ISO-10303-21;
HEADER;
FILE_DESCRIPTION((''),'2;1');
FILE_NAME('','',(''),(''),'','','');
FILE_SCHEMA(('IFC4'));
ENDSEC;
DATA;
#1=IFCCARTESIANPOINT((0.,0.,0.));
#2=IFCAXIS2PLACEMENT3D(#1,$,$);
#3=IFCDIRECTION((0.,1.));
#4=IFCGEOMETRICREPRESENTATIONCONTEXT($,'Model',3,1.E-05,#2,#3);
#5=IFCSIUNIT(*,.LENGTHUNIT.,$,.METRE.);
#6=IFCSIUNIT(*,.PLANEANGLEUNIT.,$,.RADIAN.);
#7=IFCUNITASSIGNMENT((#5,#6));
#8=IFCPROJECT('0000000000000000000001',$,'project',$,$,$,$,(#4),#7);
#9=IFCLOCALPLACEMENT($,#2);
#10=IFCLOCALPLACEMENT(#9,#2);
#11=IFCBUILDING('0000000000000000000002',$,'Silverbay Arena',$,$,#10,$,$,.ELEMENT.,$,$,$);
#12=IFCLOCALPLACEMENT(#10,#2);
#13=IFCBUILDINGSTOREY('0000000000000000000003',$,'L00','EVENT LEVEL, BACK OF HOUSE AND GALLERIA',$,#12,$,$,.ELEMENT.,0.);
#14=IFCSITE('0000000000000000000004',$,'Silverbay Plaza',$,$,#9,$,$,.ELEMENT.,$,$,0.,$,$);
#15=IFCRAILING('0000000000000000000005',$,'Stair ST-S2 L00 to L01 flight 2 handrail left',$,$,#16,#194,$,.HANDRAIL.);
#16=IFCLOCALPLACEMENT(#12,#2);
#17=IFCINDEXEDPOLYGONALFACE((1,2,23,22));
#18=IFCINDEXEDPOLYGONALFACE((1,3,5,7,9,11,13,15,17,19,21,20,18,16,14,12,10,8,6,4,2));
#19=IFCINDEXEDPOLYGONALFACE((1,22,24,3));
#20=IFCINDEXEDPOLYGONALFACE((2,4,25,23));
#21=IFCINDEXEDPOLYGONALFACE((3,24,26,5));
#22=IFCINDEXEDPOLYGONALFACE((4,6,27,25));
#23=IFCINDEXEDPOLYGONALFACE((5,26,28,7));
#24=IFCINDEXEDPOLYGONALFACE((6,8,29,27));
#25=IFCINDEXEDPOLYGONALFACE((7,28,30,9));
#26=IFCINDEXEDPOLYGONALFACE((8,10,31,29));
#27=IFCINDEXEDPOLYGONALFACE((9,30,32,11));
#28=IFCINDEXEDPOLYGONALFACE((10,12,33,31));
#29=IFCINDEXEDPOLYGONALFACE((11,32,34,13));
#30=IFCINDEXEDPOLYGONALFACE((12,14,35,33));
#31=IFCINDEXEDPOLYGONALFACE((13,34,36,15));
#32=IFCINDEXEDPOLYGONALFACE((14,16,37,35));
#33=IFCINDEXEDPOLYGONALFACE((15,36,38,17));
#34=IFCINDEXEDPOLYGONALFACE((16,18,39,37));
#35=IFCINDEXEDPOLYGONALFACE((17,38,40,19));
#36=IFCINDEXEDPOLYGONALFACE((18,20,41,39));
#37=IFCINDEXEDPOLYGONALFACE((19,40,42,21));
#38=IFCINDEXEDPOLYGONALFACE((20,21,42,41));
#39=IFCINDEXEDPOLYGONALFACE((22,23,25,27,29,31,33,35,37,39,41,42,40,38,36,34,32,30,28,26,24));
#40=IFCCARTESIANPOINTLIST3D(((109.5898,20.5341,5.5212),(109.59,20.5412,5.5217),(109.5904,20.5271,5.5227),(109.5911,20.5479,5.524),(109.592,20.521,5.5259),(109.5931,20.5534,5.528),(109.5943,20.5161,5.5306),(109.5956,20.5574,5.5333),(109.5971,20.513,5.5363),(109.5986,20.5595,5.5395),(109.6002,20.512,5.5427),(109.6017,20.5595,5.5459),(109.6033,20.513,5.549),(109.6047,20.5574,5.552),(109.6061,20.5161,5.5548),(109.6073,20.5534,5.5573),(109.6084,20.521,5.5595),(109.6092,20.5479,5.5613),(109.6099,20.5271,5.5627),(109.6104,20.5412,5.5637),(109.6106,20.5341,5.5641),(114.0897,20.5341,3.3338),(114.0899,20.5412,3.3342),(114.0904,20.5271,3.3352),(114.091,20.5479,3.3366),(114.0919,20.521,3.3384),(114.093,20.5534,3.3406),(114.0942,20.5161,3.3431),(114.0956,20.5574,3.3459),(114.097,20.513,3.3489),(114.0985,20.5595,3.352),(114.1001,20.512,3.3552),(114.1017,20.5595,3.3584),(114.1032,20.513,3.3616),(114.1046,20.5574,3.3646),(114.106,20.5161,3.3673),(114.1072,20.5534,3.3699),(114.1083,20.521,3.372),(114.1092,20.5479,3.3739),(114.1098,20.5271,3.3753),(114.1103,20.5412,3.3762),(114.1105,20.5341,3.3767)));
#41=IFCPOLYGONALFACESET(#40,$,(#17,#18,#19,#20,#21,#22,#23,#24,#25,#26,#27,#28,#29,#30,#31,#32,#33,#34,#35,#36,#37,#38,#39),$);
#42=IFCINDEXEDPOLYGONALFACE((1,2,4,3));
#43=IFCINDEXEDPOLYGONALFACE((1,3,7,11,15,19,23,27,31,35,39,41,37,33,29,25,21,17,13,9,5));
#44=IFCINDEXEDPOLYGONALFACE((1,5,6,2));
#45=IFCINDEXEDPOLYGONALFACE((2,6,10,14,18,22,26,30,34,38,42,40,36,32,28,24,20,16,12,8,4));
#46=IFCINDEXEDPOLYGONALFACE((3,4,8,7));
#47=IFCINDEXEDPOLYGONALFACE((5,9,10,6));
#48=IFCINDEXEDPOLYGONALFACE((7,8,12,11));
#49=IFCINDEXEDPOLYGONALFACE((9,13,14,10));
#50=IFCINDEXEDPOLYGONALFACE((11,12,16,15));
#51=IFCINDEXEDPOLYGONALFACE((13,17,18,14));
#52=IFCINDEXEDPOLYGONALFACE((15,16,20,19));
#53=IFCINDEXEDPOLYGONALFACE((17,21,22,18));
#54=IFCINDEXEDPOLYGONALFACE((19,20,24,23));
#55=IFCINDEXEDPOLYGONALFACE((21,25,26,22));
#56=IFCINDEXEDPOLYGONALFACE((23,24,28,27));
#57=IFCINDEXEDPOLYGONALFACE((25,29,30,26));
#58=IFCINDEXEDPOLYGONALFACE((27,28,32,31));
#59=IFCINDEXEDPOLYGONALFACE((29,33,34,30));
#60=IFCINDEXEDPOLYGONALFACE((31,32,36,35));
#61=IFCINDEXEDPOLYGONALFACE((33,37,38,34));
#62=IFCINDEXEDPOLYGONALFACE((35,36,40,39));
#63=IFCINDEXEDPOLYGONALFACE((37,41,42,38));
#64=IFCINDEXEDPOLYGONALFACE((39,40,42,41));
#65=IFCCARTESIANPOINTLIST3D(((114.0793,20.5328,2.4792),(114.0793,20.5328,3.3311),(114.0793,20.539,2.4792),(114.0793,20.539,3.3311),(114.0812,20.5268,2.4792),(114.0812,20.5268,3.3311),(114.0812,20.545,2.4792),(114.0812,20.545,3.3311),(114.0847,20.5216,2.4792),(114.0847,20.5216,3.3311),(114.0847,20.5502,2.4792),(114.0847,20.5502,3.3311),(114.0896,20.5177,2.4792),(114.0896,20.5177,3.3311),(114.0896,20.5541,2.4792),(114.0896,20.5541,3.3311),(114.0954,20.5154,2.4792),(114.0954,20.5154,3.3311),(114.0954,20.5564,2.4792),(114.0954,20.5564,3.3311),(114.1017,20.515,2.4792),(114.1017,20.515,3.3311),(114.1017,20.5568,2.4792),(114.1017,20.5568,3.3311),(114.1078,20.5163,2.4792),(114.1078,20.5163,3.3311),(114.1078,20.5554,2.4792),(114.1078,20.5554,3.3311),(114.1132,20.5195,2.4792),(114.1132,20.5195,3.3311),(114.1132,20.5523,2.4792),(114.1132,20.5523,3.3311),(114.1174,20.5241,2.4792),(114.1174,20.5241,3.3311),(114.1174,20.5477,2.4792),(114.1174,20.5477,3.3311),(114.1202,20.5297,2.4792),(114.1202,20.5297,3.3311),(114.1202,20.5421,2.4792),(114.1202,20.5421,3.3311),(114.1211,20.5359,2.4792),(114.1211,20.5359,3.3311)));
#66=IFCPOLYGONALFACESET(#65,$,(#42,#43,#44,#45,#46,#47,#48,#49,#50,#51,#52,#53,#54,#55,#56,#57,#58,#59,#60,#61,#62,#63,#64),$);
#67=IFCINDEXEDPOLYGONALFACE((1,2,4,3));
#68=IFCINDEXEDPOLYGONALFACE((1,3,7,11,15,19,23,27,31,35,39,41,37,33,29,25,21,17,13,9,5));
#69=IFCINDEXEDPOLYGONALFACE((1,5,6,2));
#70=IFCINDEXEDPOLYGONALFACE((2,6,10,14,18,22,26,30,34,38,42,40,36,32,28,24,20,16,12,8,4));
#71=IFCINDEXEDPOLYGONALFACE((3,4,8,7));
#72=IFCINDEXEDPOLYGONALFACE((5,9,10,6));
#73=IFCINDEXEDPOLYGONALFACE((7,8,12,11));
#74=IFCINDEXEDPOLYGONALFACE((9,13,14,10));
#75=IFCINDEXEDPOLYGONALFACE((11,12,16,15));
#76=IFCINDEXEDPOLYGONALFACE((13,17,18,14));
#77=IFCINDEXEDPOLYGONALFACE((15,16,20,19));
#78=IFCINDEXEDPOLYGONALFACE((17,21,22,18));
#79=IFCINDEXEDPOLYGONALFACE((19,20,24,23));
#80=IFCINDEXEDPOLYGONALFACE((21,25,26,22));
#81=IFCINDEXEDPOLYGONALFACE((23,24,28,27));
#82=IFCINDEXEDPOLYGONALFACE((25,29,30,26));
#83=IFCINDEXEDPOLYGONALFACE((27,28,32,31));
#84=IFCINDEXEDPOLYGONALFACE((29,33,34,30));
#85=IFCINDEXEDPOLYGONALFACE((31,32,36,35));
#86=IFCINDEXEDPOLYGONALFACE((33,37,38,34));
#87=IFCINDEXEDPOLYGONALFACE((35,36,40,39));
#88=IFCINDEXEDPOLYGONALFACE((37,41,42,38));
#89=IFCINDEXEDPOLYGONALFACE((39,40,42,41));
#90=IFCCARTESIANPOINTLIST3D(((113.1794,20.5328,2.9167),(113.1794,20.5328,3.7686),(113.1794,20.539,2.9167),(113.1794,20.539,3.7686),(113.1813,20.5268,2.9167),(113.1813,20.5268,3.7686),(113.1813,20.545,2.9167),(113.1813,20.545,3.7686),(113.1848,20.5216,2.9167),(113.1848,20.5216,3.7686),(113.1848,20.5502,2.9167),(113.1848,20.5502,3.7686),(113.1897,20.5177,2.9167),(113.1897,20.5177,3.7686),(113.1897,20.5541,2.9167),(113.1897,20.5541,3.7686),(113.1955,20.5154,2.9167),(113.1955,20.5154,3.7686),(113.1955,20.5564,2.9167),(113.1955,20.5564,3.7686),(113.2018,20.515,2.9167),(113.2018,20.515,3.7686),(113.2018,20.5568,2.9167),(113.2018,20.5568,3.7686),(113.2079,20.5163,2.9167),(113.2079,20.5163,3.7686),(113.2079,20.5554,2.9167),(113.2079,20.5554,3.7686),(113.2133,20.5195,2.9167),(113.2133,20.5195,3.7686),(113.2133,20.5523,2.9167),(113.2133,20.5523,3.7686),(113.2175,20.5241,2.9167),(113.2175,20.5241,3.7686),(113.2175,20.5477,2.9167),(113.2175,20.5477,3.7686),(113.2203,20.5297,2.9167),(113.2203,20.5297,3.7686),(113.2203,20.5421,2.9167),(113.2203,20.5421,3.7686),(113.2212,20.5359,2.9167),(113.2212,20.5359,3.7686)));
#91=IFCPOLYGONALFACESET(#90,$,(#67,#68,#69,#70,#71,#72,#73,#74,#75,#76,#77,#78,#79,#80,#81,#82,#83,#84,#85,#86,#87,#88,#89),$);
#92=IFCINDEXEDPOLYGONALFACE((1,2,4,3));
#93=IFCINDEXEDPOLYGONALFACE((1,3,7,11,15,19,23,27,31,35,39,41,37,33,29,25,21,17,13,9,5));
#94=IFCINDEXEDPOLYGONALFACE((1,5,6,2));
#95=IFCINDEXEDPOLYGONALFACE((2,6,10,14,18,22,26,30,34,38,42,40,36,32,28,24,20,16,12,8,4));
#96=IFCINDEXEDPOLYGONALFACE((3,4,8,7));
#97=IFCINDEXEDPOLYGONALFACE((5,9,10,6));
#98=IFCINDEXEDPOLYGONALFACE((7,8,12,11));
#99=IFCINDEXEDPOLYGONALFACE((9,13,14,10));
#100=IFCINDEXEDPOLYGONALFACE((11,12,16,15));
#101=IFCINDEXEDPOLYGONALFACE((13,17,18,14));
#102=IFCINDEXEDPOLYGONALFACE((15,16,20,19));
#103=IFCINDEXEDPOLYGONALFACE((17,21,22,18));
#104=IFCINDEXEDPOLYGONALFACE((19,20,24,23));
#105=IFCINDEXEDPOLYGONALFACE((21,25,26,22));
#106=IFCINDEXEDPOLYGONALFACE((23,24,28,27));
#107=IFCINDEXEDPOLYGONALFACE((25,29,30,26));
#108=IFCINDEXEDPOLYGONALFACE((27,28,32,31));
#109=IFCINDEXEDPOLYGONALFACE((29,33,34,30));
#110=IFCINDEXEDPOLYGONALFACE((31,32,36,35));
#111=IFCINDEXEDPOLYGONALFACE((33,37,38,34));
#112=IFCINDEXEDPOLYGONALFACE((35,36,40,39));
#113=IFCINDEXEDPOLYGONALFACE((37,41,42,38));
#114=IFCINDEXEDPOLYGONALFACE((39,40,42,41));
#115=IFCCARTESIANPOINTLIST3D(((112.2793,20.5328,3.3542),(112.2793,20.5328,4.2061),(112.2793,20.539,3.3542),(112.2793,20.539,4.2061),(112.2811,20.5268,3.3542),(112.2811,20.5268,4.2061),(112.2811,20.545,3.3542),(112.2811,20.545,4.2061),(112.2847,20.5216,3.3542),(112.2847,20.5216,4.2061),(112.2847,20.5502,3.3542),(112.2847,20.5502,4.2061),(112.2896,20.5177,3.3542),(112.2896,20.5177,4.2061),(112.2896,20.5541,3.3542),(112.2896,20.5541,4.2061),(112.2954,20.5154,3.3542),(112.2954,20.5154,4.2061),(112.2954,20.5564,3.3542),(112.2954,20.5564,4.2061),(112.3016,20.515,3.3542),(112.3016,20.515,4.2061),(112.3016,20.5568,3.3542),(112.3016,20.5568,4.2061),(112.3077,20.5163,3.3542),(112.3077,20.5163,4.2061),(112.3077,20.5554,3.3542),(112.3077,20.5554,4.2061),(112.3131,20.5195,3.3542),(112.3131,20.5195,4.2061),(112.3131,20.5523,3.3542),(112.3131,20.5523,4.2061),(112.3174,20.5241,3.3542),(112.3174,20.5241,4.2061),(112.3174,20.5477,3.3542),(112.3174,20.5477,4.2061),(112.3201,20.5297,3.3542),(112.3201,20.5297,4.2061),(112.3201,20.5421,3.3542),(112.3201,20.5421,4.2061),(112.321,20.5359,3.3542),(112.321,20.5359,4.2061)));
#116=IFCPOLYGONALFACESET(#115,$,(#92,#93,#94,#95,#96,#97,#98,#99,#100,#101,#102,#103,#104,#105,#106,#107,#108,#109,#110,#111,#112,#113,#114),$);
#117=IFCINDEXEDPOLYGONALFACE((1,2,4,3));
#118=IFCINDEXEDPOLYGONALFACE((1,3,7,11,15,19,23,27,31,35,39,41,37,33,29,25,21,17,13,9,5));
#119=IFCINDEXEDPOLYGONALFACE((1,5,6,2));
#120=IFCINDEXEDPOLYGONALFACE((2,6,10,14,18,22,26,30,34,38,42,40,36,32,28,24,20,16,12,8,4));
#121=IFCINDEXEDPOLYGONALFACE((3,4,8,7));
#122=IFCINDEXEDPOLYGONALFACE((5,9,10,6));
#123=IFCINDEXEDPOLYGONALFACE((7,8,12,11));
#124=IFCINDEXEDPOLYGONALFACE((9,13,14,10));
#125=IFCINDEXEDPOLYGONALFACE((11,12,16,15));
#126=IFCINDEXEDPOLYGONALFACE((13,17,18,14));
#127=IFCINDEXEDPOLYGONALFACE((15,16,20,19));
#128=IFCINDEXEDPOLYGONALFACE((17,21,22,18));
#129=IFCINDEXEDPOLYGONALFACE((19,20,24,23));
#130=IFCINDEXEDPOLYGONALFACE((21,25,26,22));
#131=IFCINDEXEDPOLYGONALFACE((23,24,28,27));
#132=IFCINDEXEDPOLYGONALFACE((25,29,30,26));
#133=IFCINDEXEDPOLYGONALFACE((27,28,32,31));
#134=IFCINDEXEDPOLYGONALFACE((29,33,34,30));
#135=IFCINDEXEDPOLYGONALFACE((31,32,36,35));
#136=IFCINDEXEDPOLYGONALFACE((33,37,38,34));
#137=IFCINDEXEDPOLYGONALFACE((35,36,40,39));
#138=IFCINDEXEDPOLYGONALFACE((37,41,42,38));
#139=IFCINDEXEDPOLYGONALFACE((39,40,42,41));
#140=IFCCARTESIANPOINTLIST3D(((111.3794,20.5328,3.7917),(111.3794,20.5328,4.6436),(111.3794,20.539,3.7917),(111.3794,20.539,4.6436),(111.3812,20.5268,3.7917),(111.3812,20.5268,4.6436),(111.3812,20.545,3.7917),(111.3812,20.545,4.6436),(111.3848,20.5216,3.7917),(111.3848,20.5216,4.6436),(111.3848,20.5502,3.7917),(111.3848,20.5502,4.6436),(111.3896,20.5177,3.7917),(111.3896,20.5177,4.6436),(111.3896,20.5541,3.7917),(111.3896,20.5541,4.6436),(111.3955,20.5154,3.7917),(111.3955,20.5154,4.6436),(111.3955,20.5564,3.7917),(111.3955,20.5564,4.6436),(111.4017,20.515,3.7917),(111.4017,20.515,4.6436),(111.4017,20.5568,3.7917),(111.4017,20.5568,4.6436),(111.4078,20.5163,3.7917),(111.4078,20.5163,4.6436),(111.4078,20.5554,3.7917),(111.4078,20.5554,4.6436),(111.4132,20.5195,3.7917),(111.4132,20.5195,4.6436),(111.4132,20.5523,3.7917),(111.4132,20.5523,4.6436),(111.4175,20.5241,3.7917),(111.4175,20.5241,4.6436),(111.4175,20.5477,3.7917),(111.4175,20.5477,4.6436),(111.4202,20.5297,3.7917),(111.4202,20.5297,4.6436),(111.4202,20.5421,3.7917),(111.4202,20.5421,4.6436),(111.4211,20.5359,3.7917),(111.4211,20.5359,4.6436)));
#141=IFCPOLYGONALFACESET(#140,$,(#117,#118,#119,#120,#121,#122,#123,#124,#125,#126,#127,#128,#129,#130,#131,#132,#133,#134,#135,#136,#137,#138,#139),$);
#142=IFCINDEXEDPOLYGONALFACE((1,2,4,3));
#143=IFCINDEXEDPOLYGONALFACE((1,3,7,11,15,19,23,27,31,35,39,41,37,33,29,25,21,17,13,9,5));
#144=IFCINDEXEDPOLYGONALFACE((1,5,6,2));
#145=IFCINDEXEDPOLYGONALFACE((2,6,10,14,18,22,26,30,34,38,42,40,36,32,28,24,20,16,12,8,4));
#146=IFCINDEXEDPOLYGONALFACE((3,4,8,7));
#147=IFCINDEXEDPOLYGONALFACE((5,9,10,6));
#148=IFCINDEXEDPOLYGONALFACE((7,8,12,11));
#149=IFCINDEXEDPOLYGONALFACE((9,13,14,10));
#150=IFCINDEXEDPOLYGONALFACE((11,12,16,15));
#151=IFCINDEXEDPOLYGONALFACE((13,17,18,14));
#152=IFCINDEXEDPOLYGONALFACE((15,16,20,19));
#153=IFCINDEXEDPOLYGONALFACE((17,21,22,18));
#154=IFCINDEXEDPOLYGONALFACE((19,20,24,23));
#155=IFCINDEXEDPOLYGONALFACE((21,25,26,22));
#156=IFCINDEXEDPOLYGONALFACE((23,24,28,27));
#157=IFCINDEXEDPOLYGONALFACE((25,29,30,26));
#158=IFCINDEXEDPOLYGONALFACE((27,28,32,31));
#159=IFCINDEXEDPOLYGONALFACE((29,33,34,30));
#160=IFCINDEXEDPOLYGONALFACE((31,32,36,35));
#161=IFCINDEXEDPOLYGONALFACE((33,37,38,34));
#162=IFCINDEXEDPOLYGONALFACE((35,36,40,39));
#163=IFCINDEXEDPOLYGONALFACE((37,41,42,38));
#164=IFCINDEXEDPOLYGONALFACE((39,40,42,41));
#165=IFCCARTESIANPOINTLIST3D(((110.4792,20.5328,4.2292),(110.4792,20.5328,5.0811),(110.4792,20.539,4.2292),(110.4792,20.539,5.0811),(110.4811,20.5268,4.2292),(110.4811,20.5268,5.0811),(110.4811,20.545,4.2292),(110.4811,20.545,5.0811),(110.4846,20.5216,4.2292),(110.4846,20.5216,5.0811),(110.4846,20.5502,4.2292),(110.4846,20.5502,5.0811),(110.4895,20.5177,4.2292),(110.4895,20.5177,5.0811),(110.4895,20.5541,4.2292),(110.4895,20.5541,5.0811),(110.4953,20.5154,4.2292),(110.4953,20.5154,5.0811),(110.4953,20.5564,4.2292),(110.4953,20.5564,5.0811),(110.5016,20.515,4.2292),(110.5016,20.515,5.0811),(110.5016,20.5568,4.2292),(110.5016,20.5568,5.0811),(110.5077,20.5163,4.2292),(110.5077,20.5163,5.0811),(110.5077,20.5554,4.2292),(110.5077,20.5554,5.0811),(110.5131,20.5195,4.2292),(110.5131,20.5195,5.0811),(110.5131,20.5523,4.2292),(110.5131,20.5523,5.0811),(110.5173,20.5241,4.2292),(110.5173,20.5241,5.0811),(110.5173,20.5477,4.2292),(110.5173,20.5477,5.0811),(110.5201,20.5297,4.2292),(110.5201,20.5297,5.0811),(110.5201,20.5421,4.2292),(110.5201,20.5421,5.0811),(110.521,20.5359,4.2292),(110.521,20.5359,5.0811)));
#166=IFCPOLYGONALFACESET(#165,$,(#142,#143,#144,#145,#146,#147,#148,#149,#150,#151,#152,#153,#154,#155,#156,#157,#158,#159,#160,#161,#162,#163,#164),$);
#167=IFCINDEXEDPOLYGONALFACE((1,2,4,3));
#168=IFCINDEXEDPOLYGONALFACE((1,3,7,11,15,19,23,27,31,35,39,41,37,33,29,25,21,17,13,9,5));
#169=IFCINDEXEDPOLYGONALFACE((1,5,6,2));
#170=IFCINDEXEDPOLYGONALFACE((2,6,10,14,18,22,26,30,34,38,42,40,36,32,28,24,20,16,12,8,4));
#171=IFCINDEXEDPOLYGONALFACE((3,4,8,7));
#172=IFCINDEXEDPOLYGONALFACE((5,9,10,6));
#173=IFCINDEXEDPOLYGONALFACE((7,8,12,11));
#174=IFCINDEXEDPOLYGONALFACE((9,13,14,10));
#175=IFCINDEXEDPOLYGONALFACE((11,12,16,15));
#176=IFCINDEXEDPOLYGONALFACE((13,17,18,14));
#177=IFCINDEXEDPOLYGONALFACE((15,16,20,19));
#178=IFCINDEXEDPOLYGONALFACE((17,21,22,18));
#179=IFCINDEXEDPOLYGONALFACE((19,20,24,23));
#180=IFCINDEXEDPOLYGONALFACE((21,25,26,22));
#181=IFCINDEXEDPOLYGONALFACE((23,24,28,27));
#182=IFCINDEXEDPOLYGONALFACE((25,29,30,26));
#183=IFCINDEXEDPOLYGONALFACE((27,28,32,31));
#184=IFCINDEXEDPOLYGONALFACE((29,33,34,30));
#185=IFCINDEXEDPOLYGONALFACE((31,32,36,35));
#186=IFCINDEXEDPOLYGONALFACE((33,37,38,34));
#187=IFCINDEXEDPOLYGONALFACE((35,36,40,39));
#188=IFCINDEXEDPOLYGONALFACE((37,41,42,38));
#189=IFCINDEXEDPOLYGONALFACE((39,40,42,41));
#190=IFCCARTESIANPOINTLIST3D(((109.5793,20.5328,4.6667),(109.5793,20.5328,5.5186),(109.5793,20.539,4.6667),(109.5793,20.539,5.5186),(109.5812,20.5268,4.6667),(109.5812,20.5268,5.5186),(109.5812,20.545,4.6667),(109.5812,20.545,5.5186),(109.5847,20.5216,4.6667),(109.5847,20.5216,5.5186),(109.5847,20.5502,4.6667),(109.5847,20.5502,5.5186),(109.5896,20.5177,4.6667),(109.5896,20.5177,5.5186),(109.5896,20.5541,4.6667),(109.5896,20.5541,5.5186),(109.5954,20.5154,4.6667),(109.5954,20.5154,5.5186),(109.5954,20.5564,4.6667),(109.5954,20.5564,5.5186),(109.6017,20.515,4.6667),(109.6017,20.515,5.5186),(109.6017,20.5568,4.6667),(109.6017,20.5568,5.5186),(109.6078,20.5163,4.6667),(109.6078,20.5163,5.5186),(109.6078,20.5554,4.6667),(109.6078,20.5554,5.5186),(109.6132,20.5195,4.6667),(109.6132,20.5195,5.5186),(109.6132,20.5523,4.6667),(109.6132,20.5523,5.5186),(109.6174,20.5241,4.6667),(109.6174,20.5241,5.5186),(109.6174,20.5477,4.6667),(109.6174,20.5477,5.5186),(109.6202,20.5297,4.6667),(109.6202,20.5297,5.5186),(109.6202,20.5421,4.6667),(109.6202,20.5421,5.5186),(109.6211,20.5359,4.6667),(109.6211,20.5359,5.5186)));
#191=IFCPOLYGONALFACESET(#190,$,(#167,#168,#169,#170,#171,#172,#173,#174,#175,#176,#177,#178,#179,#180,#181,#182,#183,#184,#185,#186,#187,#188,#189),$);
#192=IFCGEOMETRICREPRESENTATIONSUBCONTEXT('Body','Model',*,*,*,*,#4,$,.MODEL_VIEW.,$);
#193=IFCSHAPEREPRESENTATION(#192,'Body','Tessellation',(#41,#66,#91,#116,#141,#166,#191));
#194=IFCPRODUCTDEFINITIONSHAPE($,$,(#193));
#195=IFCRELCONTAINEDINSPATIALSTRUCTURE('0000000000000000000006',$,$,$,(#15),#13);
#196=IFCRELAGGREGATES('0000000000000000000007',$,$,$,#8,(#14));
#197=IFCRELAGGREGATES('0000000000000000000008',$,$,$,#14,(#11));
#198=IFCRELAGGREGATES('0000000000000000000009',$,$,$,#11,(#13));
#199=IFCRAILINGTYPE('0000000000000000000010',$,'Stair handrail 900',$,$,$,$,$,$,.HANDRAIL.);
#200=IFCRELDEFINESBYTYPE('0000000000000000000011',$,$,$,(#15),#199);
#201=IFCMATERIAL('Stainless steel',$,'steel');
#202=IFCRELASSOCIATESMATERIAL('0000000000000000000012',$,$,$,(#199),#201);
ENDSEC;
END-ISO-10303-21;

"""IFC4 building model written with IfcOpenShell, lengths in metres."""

from ifc_helpers import new_model, si_unit, direction, frame, origin, origin_2d, place, context, subcontext, project, spatial, circle, extrude, material, type_object, element, save


model = new_model("IFC4")

# Units and contexts
model_context = context("Model", 3, precision=1e-05, world=origin(), true_north=direction((0.0, 1.0)))
body_context = subcontext(model_context, "Body", "Model", "MODEL_VIEW")
ifc_project = project(units=[si_unit("LENGTHUNIT", "METRE"), si_unit("PLANEANGLEUNIT", "RADIAN")], contexts=[model_context])

# Site, building, storey
site_placement = place(None, origin())
site = spatial("IfcSite", under=ifc_project, at=site_placement, Name="Silverbay Plaza", CompositionType="ELEMENT", RefElevation=0.0)
building_placement = place(site_placement, origin())
building = spatial("IfcBuilding", under=site, at=building_placement, Name="Silverbay Arena", CompositionType="ELEMENT")
storey_placement = place(building_placement, origin())
storey = spatial("IfcBuildingStorey", under=building, at=storey_placement, Name="L00", Description="EVENT LEVEL, BACK OF HOUSE AND GALLERIA", CompositionType="ELEMENT", Elevation=0.0)

# Railing
ifc_material_1 = material(Name="Stainless steel", Category="steel")
railing_type_1 = type_object("IfcRailingType", Name="Stair handrail 900", PredefinedType="HANDRAIL", material=ifc_material_1)
for number, where, name in (
    (1, (114.1001, 20.5359, 2.4792), "Stair ST-S2 L00 to L01 flight 2 handrail left"),
):
    element("IfcRailing", number, at=place(storey_placement, frame(where)), inside=storey, type_object=railing_type_1, Name=name, PredefinedType="HANDRAIL", context=body_context, shape_type="SweptSolid", body=[
        extrude(circle(Radius=0.0239, at=origin_2d()), frame((0.0, 0.0, 0.876), z_axis=(-0.899368, 0.0, 0.437193), x_axis=(0.0, -1.0, 0.0)), (0.0, 0.0, 1.0), 5.0034),
        extrude(circle(Radius=0.021, at=origin_2d()), origin(), (0.0, 0.0, 1.0), 0.8518),
        extrude(circle(Radius=0.021, at=origin_2d()), frame((-0.8999, 0.0, 0.4375)), (0.0, 0.0, 1.0), 0.8518),
        extrude(circle(Radius=0.021, at=origin_2d()), frame((-1.8, 0.0, 0.875)), (0.0, 0.0, 1.0), 0.8518),
        extrude(circle(Radius=0.021, at=origin_2d()), frame((-2.7, 0.0, 1.3125)), (0.0, 0.0, 1.0), 0.8518),
        extrude(circle(Radius=0.021, at=origin_2d()), frame((-3.6001, 0.0, 1.75)), (0.0, 0.0, 1.0), 0.8518),
        extrude(circle(Radius=0.021, at=origin_2d()), frame((-4.5, 0.0, 2.1875)), (0.0, 0.0, 1.0), 0.8518),
    ])

save(model, "model.ifc")
